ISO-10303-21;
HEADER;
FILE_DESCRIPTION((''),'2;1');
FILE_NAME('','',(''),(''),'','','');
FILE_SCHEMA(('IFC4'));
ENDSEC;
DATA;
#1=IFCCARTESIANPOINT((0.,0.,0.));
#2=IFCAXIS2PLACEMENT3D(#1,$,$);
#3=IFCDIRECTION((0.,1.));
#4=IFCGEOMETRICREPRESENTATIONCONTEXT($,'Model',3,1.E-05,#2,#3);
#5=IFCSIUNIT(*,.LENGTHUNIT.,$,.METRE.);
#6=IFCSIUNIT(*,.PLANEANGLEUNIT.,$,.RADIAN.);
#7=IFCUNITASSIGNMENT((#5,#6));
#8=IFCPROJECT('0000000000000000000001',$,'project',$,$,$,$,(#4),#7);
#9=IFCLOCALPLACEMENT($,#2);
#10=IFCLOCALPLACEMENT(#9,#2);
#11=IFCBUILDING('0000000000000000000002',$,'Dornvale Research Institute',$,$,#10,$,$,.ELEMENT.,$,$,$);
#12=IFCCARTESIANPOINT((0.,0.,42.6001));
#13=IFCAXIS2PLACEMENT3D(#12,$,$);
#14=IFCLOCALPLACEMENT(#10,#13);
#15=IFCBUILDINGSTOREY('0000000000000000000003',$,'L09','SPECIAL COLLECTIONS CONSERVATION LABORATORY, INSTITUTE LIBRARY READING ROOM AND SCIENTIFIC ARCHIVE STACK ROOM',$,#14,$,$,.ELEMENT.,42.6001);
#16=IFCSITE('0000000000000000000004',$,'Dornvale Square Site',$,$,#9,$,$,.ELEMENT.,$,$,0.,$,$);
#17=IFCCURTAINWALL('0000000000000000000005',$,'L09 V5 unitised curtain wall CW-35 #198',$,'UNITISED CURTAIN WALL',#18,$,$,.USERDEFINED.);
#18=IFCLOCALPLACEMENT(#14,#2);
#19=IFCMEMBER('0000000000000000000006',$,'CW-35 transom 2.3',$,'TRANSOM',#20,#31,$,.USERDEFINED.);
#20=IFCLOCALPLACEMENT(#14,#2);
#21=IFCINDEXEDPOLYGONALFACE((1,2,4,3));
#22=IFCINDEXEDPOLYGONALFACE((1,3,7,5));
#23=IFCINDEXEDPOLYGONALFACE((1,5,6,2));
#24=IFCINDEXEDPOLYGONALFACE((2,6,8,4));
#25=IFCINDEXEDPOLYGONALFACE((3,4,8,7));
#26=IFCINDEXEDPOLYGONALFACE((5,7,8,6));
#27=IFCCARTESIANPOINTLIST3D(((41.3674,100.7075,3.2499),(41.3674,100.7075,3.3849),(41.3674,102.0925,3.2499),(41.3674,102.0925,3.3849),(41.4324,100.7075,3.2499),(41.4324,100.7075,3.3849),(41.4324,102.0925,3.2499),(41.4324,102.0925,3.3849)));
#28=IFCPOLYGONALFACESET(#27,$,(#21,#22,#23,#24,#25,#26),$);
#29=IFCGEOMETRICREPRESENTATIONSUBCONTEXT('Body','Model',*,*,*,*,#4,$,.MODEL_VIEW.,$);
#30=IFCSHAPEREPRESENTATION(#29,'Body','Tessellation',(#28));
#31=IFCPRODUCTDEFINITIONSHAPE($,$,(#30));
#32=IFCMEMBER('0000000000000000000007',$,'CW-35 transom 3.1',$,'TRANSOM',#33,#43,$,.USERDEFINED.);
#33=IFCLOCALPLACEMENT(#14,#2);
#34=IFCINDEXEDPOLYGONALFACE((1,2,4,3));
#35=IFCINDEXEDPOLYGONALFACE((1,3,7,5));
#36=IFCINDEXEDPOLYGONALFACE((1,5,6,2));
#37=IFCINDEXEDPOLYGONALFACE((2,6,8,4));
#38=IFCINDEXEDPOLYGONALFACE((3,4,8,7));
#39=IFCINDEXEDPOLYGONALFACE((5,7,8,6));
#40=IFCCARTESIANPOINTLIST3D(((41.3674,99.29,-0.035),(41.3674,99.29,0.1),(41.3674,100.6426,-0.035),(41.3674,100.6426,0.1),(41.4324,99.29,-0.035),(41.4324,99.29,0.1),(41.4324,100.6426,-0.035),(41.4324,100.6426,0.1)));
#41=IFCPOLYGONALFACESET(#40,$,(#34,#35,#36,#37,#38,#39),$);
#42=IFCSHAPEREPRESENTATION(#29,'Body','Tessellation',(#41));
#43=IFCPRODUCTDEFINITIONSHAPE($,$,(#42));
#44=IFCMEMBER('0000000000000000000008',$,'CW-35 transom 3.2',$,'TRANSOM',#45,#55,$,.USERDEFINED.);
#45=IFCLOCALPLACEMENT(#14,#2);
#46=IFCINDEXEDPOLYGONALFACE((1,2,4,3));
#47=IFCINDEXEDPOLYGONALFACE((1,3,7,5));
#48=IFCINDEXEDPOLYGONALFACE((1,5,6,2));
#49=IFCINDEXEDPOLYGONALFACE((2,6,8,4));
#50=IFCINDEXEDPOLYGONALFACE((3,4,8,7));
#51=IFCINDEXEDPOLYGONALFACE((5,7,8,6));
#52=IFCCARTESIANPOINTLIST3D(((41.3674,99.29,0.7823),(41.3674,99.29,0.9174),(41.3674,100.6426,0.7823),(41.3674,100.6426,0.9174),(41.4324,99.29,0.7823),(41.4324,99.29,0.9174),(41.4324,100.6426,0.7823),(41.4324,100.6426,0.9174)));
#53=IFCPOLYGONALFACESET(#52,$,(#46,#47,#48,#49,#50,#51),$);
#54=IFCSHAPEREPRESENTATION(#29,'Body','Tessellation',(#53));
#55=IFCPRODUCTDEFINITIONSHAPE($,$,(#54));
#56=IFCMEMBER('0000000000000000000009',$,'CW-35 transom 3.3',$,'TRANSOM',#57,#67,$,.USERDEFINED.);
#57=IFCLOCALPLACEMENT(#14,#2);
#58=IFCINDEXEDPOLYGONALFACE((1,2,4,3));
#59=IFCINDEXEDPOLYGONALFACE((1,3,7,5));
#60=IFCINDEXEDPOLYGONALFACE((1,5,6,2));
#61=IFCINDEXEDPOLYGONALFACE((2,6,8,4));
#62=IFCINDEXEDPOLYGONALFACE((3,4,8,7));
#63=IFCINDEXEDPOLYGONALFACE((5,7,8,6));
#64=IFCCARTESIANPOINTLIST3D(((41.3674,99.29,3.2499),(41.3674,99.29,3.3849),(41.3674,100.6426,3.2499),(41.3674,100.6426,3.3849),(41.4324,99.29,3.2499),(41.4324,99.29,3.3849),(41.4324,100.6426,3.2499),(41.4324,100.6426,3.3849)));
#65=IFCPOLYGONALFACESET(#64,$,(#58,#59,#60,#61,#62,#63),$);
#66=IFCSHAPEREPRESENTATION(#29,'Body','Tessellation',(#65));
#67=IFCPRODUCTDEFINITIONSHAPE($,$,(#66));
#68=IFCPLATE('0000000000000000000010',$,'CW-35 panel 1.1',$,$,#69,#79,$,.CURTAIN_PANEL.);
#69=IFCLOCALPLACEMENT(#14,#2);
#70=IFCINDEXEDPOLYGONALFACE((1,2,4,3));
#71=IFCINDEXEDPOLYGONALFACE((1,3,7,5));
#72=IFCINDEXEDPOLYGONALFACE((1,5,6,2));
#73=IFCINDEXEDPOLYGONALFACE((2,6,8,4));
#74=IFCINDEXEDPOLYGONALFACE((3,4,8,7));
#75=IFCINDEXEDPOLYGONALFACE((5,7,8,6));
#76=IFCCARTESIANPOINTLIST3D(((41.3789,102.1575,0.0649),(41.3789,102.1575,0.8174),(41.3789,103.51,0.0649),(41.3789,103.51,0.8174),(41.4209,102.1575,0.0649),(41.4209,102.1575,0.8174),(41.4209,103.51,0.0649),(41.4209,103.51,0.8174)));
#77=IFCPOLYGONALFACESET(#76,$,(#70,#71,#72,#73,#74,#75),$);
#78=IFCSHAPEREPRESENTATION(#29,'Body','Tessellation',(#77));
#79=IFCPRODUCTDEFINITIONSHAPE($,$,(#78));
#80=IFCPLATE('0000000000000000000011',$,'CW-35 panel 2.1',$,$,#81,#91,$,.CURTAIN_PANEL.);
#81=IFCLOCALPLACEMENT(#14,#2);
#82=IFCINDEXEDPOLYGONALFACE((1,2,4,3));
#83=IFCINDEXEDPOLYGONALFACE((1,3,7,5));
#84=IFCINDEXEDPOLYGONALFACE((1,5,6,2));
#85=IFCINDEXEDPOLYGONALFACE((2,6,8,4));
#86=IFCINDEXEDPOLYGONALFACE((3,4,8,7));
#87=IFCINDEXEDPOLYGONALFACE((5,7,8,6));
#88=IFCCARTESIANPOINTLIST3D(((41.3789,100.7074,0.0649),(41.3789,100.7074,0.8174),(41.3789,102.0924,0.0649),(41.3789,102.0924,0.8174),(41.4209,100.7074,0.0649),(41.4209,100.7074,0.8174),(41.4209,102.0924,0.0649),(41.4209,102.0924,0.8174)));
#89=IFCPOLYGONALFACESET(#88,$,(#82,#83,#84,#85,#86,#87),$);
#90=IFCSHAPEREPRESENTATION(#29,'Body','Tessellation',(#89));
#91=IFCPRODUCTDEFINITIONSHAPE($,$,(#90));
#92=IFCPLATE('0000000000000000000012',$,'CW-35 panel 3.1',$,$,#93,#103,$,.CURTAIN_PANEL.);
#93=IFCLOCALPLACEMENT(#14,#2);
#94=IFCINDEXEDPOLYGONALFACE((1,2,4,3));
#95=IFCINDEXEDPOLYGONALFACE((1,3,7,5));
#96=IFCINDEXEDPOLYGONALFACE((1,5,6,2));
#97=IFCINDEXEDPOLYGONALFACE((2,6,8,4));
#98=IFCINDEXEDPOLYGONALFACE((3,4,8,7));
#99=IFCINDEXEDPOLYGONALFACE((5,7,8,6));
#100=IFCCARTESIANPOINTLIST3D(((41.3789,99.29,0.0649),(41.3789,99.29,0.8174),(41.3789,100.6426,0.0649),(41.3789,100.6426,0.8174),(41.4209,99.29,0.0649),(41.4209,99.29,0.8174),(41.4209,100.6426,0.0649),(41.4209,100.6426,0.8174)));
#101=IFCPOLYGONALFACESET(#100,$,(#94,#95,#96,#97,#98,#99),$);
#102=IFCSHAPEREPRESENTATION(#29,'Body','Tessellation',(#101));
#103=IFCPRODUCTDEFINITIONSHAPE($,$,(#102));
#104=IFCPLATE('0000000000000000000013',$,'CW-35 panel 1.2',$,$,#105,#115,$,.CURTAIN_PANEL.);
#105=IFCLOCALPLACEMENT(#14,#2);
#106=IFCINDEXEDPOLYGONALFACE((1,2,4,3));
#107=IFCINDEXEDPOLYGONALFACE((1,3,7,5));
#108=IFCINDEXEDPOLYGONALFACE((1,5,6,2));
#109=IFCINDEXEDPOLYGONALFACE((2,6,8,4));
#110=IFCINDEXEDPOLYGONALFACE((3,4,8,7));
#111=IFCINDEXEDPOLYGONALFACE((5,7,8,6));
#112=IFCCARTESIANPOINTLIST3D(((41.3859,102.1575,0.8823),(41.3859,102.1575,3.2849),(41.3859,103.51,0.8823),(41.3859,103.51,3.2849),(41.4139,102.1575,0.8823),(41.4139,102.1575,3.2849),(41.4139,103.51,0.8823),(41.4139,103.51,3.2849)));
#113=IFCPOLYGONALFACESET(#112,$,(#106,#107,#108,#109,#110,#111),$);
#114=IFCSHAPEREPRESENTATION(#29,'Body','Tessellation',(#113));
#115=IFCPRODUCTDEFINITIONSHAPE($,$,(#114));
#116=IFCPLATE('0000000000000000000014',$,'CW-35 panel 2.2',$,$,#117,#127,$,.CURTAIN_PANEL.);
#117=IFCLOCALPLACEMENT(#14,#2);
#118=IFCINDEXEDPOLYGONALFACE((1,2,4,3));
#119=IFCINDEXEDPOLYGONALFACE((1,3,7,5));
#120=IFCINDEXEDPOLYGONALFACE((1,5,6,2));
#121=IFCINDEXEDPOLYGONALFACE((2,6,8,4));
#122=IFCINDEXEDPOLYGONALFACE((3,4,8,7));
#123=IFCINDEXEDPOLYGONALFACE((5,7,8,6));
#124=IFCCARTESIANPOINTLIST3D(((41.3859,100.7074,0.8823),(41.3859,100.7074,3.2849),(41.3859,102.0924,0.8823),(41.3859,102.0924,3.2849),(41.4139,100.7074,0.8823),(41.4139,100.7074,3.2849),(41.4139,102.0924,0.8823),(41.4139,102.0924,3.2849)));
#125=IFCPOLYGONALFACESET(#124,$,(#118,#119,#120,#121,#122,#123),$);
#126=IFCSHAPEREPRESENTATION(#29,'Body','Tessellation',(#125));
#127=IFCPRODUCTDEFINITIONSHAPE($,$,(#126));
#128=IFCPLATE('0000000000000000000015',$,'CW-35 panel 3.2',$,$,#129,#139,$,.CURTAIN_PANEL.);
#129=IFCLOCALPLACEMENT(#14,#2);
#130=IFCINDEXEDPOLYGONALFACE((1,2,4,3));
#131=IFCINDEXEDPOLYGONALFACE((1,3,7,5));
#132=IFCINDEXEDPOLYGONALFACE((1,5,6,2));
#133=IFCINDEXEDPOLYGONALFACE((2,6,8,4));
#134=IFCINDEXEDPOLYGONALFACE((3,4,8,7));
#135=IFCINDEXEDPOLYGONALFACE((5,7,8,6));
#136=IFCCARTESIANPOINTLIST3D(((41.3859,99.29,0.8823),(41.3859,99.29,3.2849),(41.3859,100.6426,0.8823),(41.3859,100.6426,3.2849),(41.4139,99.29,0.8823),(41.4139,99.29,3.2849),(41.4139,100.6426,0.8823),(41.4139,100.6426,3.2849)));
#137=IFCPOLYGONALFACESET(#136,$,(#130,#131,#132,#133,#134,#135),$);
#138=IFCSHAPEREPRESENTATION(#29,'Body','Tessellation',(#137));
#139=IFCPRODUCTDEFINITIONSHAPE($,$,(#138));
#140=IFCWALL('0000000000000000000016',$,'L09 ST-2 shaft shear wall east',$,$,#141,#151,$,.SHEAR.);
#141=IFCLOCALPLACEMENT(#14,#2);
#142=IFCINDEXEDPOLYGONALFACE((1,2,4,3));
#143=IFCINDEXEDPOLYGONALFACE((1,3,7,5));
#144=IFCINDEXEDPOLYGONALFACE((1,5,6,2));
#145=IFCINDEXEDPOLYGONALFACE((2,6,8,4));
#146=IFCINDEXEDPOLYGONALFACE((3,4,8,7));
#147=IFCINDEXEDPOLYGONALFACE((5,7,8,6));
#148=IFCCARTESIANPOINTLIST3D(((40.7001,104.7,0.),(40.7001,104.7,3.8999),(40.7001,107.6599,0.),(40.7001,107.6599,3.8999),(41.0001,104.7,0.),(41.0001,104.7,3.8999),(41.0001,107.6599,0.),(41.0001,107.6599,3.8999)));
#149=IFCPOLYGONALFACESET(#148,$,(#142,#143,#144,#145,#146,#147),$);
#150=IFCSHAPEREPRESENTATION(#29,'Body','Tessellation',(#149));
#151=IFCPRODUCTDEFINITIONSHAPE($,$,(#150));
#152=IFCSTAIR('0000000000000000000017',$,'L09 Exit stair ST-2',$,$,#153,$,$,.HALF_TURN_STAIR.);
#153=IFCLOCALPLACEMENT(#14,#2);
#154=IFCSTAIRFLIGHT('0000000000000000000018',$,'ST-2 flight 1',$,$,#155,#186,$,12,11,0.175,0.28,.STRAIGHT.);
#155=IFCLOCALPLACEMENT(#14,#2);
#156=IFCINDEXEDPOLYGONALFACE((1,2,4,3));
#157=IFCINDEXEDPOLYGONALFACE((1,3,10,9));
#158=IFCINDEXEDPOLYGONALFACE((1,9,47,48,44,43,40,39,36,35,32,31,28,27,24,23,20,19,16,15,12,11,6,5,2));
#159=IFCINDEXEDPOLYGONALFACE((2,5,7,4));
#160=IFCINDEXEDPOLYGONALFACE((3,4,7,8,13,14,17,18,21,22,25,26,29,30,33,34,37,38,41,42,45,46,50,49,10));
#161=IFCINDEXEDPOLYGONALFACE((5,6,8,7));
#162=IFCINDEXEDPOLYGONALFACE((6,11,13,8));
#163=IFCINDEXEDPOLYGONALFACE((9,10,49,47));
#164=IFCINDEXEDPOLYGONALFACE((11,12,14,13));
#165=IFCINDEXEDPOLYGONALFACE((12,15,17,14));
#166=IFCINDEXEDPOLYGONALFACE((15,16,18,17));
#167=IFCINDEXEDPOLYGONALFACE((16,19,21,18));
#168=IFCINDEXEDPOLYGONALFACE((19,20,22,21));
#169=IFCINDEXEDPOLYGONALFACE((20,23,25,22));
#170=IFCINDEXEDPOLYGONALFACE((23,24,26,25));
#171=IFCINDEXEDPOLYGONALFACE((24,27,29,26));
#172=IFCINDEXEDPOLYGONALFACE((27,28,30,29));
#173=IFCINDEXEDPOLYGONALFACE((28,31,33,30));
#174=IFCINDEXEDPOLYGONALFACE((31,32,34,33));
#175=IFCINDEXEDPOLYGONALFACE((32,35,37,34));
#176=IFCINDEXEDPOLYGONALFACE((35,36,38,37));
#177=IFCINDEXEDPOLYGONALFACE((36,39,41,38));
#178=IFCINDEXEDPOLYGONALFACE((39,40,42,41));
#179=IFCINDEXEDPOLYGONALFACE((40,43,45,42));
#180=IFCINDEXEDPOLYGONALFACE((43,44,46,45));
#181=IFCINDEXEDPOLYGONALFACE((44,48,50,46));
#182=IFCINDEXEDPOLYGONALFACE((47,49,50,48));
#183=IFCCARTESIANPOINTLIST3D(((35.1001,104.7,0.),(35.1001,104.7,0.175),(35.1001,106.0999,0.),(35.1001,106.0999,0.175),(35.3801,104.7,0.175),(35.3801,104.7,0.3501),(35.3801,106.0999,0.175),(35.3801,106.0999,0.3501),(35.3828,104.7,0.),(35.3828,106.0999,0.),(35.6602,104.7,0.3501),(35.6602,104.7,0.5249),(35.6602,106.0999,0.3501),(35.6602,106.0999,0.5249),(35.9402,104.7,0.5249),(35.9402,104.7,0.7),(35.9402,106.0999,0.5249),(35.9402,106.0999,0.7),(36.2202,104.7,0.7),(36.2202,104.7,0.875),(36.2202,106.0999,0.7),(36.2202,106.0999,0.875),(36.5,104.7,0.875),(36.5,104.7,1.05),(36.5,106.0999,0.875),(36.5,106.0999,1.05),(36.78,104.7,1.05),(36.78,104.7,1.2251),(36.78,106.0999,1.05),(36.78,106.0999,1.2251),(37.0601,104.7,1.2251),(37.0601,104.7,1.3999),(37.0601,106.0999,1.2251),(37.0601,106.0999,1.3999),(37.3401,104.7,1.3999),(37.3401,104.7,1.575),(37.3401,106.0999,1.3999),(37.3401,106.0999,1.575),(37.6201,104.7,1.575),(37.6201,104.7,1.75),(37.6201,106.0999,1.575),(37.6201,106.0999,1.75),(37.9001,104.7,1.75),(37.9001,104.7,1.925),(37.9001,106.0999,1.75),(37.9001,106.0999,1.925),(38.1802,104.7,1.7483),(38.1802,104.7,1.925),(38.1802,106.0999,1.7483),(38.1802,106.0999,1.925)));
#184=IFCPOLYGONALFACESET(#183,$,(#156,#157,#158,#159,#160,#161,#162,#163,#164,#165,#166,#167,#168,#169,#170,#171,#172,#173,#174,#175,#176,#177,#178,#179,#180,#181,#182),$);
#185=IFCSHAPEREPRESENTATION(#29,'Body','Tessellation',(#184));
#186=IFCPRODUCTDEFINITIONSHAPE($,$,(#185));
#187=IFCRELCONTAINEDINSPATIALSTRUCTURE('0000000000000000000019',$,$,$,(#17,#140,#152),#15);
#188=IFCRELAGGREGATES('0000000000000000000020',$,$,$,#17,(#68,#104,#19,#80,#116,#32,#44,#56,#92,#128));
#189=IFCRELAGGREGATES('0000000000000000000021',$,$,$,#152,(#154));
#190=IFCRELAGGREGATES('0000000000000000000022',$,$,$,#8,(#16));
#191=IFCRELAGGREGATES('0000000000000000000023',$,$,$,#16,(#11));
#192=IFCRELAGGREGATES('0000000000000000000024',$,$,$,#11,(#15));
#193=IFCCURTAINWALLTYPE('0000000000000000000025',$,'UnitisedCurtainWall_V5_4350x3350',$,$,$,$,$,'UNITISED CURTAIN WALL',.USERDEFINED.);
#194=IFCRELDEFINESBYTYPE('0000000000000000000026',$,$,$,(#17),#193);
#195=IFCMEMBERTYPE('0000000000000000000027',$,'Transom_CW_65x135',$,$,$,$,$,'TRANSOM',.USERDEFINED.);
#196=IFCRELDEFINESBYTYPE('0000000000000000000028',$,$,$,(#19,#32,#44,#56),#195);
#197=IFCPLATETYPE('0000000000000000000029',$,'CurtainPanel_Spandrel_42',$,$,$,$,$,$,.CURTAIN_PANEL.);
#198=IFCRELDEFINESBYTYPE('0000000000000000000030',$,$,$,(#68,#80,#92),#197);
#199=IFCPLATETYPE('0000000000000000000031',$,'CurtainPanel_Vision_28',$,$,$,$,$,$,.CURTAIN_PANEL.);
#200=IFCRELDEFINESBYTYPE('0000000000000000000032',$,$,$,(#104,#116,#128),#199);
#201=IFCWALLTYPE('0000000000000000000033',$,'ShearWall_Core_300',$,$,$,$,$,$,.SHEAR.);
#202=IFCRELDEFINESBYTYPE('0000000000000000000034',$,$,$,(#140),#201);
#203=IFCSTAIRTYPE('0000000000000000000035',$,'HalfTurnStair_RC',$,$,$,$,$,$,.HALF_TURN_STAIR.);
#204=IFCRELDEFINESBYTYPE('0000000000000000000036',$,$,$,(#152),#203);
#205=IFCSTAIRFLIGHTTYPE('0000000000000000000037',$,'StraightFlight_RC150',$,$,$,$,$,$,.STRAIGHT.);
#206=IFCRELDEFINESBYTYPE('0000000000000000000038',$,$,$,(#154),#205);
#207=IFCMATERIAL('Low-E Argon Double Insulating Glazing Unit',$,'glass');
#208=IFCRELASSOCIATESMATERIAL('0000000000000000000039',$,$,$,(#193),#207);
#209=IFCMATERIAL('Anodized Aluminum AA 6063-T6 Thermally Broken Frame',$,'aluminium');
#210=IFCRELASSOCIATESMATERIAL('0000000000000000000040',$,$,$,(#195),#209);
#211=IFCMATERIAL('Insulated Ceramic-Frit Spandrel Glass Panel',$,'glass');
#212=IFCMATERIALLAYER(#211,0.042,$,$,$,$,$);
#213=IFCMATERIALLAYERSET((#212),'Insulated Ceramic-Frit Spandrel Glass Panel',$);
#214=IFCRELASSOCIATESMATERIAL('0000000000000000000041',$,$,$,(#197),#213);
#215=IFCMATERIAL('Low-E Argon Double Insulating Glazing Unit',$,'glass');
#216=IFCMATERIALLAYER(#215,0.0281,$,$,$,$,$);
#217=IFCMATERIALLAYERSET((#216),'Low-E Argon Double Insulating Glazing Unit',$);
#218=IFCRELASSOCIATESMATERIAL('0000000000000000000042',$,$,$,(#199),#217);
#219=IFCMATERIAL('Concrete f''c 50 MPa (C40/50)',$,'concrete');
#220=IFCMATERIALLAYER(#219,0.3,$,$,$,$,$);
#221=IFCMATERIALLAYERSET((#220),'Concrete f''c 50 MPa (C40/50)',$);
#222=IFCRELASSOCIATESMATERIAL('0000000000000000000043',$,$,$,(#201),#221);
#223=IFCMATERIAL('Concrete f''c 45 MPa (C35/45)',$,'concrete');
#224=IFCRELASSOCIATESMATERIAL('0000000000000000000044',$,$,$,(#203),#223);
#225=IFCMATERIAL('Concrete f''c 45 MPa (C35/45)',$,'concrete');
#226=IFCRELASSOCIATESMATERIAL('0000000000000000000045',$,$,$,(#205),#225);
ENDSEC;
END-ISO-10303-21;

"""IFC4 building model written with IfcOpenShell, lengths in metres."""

from ifc_helpers import new_model, si_unit, direction, frame, frame_2d, origin, origin_2d, place, context, subcontext, project, spatial, polyline, rectangle, outline, extrude, material, layer, layer_set, material_profile, profile_set, type_object, element, aggregate, save


model = new_model("IFC4")

# Units and contexts
model_context = context("Model", 3, precision=1e-05, world=origin(), true_north=direction((0.0, 1.0)))
body_context = subcontext(model_context, "Body", "Model", "MODEL_VIEW")
ifc_project = project(units=[si_unit("LENGTHUNIT", "METRE"), si_unit("PLANEANGLEUNIT", "RADIAN")], contexts=[model_context])

# Site, building, storey
site_placement = place(None, origin())
site = spatial("IfcSite", under=ifc_project, at=site_placement, Name="Dornvale Square Site", CompositionType="ELEMENT", RefElevation=0.0)
building_placement = place(site_placement, origin())
building = spatial("IfcBuilding", under=site, at=building_placement, Name="Dornvale Research Institute", CompositionType="ELEMENT")
storey_placement = place(building_placement, frame((0.0, 0.0, 42.6001)))
storey = spatial("IfcBuildingStorey", under=building, at=storey_placement, Name="L09", Description="SPECIAL COLLECTIONS CONSERVATION LABORATORY, INSTITUTE LIBRARY READING ROOM AND SCIENTIFIC ARCHIVE STACK ROOM", CompositionType="ELEMENT", Elevation=42.6001)

# Curtain wall
ifc_material_1 = material(Name="Low-E Argon Double Insulating Glazing Unit", Category="glass")
curtain_wall_type = type_object("IfcCurtainWallType", Name="UnitisedCurtainWall_V5_4350x3350", ElementType="UNITISED CURTAIN WALL", PredefinedType="USERDEFINED", material=ifc_material_1)
curtain_wall_placement = place(storey_placement, origin())
curtain_wall = element("IfcCurtainWall", 1, at=curtain_wall_placement, inside=storey, type_object=curtain_wall_type, Name="L09 V5 unitised curtain wall CW-35 #198", ObjectType="UNITISED CURTAIN WALL", PredefinedType="USERDEFINED")

# Members
ifc_material_2 = material(Name="Anodized Aluminum AA 6063-T6 Thermally Broken Frame", Category="aluminium")
ifc_material_profile_1 = material_profile(ifc_material_2, rectangle(XDim=0.0649, YDim=0.135, at=origin_2d()), Name="ALU TRANSOM 65x135")
ifc_profile_set_1 = profile_set([ifc_material_profile_1], Name="Anodized Aluminum AA 6063-T6 Thermally Broken Frame")
member_type_1 = type_object("IfcMemberType", Name="Transom_CW_65x135", ElementType="TRANSOM", PredefinedType="USERDEFINED", material=ifc_profile_set_1)
member_1_placement = place(storey_placement, frame((41.3999, 102.0925, 3.3174), z_axis=(0.0, -1.0, 0.0), x_axis=(1.0, 0.0, 0.0)))
member_1 = element("IfcMember", 2, at=member_1_placement, type_object=member_type_1, Name="CW-35 transom 2.3", ObjectType="TRANSOM", PredefinedType="USERDEFINED", context=body_context, shape_type="SweptSolid", body=[
    extrude(rectangle(XDim=0.0649, YDim=0.135, at=origin_2d()), origin(), (0.0, 0.0, 1.0), 1.385),
])
member_2_placement = place(storey_placement, frame((41.3999, 100.6426, 0.0325), z_axis=(0.0, -1.0, 0.0), x_axis=(1.0, 0.0, 0.0)))
member_2 = element("IfcMember", 3, at=member_2_placement, type_object=member_type_1, Name="CW-35 transom 3.1", ObjectType="TRANSOM", PredefinedType="USERDEFINED", context=body_context, shape_type="SweptSolid", body=[
    extrude(rectangle(XDim=0.0649, YDim=0.135, at=origin_2d()), origin(), (0.0, 0.0, 1.0), 1.3525),
])
member_3_placement = place(storey_placement, frame((41.3999, 100.6426, 0.8499), z_axis=(0.0, -1.0, 0.0), x_axis=(1.0, 0.0, 0.0)))
member_3 = element("IfcMember", 4, at=member_3_placement, type_object=member_type_1, Name="CW-35 transom 3.2", ObjectType="TRANSOM", PredefinedType="USERDEFINED", context=body_context, shape_type="SweptSolid", body=[
    extrude(rectangle(XDim=0.0649, YDim=0.135, at=origin_2d()), origin(), (0.0, 0.0, 1.0), 1.3525),
])
member_4_placement = place(storey_placement, frame((41.3999, 100.6426, 3.3174), z_axis=(0.0, -1.0, 0.0), x_axis=(1.0, 0.0, 0.0)))
member_4 = element("IfcMember", 5, at=member_4_placement, type_object=member_type_1, Name="CW-35 transom 3.3", ObjectType="TRANSOM", PredefinedType="USERDEFINED", context=body_context, shape_type="SweptSolid", body=[
    extrude(rectangle(XDim=0.0649, YDim=0.135, at=origin_2d()), origin(), (0.0, 0.0, 1.0), 1.3525),
])

# Plates
ifc_material_3 = material(Name="Insulated Ceramic-Frit Spandrel Glass Panel", Category="glass")
ifc_layer_1 = layer(ifc_material_3, 0.042)
ifc_layer_set_1 = layer_set([ifc_layer_1], Name="Insulated Ceramic-Frit Spandrel Glass Panel")
plate_type_1 = type_object("IfcPlateType", Name="CurtainPanel_Spandrel_42", PredefinedType="CURTAIN_PANEL", material=ifc_layer_set_1)
plate_1_placement = place(storey_placement, frame((41.3999, 102.8337, 0.0649), z_axis=(0.0, 0.0, 1.0), x_axis=(0.0, -1.0, 0.0)))
plate_1 = element("IfcPlate", 6, at=plate_1_placement, type_object=plate_type_1, Name="CW-35 panel 1.1", PredefinedType="CURTAIN_PANEL", context=body_context, shape_type="SweptSolid", body=[
    extrude(rectangle(XDim=1.3525, YDim=0.042, at=origin_2d()), origin(), (0.0, 0.0, 1.0), 0.7524),
])
plate_2_placement = place(storey_placement, frame((41.3999, 101.3999, 0.0649), z_axis=(0.0, 0.0, 1.0), x_axis=(0.0, -1.0, 0.0)))
plate_2 = element("IfcPlate", 7, at=plate_2_placement, type_object=plate_type_1, Name="CW-35 panel 2.1", PredefinedType="CURTAIN_PANEL", context=body_context, shape_type="SweptSolid", body=[
    extrude(rectangle(XDim=1.385, YDim=0.042, at=origin_2d()), origin(), (0.0, 0.0, 1.0), 0.7524),
])
plate_3_placement = place(storey_placement, frame((41.3999, 99.9663, 0.0649), z_axis=(0.0, 0.0, 1.0), x_axis=(0.0, -1.0, 0.0)))
plate_3 = element("IfcPlate", 8, at=plate_3_placement, type_object=plate_type_1, Name="CW-35 panel 3.1", PredefinedType="CURTAIN_PANEL", context=body_context, shape_type="SweptSolid", body=[
    extrude(rectangle(XDim=1.3525, YDim=0.042, at=origin_2d()), origin(), (0.0, 0.0, 1.0), 0.7524),
])
ifc_material_4 = material(Name="Low-E Argon Double Insulating Glazing Unit", Category="glass")
ifc_layer_2 = layer(ifc_material_4, 0.0281)
ifc_layer_set_2 = layer_set([ifc_layer_2], Name="Low-E Argon Double Insulating Glazing Unit")
plate_type_2 = type_object("IfcPlateType", Name="CurtainPanel_Vision_28", PredefinedType="CURTAIN_PANEL", material=ifc_layer_set_2)
plate_4_placement = place(storey_placement, frame((41.3999, 102.8337, 0.8823), z_axis=(0.0, 0.0, 1.0), x_axis=(0.0, -1.0, 0.0)))
plate_4 = element("IfcPlate", 9, at=plate_4_placement, type_object=plate_type_2, Name="CW-35 panel 1.2", PredefinedType="CURTAIN_PANEL", context=body_context, shape_type="SweptSolid", body=[
    extrude(rectangle(XDim=1.3525, YDim=0.0281, at=origin_2d()), origin(), (0.0, 0.0, 1.0), 2.4026),
])
plate_5_placement = place(storey_placement, frame((41.3999, 101.3999, 0.8823), z_axis=(0.0, 0.0, 1.0), x_axis=(0.0, -1.0, 0.0)))
plate_5 = element("IfcPlate", 10, at=plate_5_placement, type_object=plate_type_2, Name="CW-35 panel 2.2", PredefinedType="CURTAIN_PANEL", context=body_context, shape_type="SweptSolid", body=[
    extrude(rectangle(XDim=1.385, YDim=0.0281, at=origin_2d()), origin(), (0.0, 0.0, 1.0), 2.4026),
])
plate_6_placement = place(storey_placement, frame((41.3999, 99.9663, 0.8823), z_axis=(0.0, 0.0, 1.0), x_axis=(0.0, -1.0, 0.0)))
plate_6 = element("IfcPlate", 11, at=plate_6_placement, type_object=plate_type_2, Name="CW-35 panel 3.2", PredefinedType="CURTAIN_PANEL", context=body_context, shape_type="SweptSolid", body=[
    extrude(rectangle(XDim=1.3525, YDim=0.0281, at=origin_2d()), origin(), (0.0, 0.0, 1.0), 2.4026),
])
aggregate(curtain_wall, [plate_1, plate_4, member_1, plate_2, plate_5, member_2, member_3, member_4, plate_3, plate_6])

# Wall
ifc_material_5 = material(Name="Concrete f'c 50 MPa (C40/50)", Category="concrete")
ifc_layer_3 = layer(ifc_material_5, 0.3)
ifc_layer_set_3 = layer_set([ifc_layer_3], Name="Concrete f'c 50 MPa (C40/50)")
wall_type = type_object("IfcWallType", Name="ShearWall_Core_300", PredefinedType="SHEAR", material=ifc_layer_set_3)
wall_placement = place(storey_placement, frame((40.8501, 104.7, 0.0), z_axis=(0.0, 0.0, 1.0), x_axis=(0.0, 1.0, 0.0)))
element("IfcWall", 12, at=wall_placement, inside=storey, type_object=wall_type, Name="L09 ST-2 shaft shear wall east", PredefinedType="SHEAR", context=body_context, shape_type="SweptSolid", body=[
    extrude(rectangle(XDim=2.96, YDim=0.3, at=frame_2d((1.48, 0.0))), origin(), (0.0, 0.0, 1.0), 3.8999),
])

# Stair, stair flight
ifc_material_6 = material(Name="Concrete f'c 45 MPa (C35/45)", Category="concrete")
stair_type = type_object("IfcStairType", Name="HalfTurnStair_RC", PredefinedType="HALF_TURN_STAIR", material=ifc_material_6)
stair_placement = place(storey_placement, origin())
stair = element("IfcStair", 13, at=stair_placement, inside=storey, type_object=stair_type, Name="L09 Exit stair ST-2", PredefinedType="HALF_TURN_STAIR")
ifc_material_7 = material(Name="Concrete f'c 45 MPa (C35/45)", Category="concrete")
stair_flight_type = type_object("IfcStairFlightType", Name="StraightFlight_RC150", PredefinedType="STRAIGHT", material=ifc_material_7)
stair_flight_placement = place(storey_placement, frame((35.1001, 105.3999, 0.0), z_axis=(0.0, 0.0, 1.0), x_axis=(1.0, 0.0, 0.0)))
stair_flight = element("IfcStairFlight", 14, at=stair_flight_placement, type_object=stair_flight_type, Name="ST-2 flight 1", NumberOfRisers=12, NumberOfTreads=11, PredefinedType="STRAIGHT", RiserHeight=0.175, TreadLength=0.28, context=body_context, shape_type="SweptSolid", body=[
    extrude(outline(polyline([(0.0, 0.0), (0.0, 0.175), (0.28, 0.175), (0.28, 0.3501), (0.5601, 0.3501), (0.5601, 0.5249), (0.8401, 0.5249), (0.8401, 0.7), (1.1201, 0.7), (1.1201, 0.875), (1.3999, 0.875), (1.3999, 1.05), (1.6799, 1.05), (1.6799, 1.2251), (1.96, 1.2251), (1.96, 1.3999), (2.24, 1.3999), (2.24, 1.575), (2.52, 1.575), (2.52, 1.75), (2.8, 1.75), (2.8, 1.925), (3.0801, 1.925), (3.0801, 2.1001), (3.0801, 1.7483), (0.2827, 0.0), (0.0, 0.0)])), frame((0.0, 0.7, 0.0), z_axis=(0.0, -1.0, 0.0), x_axis=(1.0, 0.0, 0.0)), (0.0, 0.0, 1.0), 1.3999),
])
aggregate(stair, [stair_flight])

save(model, "model.ifc")
